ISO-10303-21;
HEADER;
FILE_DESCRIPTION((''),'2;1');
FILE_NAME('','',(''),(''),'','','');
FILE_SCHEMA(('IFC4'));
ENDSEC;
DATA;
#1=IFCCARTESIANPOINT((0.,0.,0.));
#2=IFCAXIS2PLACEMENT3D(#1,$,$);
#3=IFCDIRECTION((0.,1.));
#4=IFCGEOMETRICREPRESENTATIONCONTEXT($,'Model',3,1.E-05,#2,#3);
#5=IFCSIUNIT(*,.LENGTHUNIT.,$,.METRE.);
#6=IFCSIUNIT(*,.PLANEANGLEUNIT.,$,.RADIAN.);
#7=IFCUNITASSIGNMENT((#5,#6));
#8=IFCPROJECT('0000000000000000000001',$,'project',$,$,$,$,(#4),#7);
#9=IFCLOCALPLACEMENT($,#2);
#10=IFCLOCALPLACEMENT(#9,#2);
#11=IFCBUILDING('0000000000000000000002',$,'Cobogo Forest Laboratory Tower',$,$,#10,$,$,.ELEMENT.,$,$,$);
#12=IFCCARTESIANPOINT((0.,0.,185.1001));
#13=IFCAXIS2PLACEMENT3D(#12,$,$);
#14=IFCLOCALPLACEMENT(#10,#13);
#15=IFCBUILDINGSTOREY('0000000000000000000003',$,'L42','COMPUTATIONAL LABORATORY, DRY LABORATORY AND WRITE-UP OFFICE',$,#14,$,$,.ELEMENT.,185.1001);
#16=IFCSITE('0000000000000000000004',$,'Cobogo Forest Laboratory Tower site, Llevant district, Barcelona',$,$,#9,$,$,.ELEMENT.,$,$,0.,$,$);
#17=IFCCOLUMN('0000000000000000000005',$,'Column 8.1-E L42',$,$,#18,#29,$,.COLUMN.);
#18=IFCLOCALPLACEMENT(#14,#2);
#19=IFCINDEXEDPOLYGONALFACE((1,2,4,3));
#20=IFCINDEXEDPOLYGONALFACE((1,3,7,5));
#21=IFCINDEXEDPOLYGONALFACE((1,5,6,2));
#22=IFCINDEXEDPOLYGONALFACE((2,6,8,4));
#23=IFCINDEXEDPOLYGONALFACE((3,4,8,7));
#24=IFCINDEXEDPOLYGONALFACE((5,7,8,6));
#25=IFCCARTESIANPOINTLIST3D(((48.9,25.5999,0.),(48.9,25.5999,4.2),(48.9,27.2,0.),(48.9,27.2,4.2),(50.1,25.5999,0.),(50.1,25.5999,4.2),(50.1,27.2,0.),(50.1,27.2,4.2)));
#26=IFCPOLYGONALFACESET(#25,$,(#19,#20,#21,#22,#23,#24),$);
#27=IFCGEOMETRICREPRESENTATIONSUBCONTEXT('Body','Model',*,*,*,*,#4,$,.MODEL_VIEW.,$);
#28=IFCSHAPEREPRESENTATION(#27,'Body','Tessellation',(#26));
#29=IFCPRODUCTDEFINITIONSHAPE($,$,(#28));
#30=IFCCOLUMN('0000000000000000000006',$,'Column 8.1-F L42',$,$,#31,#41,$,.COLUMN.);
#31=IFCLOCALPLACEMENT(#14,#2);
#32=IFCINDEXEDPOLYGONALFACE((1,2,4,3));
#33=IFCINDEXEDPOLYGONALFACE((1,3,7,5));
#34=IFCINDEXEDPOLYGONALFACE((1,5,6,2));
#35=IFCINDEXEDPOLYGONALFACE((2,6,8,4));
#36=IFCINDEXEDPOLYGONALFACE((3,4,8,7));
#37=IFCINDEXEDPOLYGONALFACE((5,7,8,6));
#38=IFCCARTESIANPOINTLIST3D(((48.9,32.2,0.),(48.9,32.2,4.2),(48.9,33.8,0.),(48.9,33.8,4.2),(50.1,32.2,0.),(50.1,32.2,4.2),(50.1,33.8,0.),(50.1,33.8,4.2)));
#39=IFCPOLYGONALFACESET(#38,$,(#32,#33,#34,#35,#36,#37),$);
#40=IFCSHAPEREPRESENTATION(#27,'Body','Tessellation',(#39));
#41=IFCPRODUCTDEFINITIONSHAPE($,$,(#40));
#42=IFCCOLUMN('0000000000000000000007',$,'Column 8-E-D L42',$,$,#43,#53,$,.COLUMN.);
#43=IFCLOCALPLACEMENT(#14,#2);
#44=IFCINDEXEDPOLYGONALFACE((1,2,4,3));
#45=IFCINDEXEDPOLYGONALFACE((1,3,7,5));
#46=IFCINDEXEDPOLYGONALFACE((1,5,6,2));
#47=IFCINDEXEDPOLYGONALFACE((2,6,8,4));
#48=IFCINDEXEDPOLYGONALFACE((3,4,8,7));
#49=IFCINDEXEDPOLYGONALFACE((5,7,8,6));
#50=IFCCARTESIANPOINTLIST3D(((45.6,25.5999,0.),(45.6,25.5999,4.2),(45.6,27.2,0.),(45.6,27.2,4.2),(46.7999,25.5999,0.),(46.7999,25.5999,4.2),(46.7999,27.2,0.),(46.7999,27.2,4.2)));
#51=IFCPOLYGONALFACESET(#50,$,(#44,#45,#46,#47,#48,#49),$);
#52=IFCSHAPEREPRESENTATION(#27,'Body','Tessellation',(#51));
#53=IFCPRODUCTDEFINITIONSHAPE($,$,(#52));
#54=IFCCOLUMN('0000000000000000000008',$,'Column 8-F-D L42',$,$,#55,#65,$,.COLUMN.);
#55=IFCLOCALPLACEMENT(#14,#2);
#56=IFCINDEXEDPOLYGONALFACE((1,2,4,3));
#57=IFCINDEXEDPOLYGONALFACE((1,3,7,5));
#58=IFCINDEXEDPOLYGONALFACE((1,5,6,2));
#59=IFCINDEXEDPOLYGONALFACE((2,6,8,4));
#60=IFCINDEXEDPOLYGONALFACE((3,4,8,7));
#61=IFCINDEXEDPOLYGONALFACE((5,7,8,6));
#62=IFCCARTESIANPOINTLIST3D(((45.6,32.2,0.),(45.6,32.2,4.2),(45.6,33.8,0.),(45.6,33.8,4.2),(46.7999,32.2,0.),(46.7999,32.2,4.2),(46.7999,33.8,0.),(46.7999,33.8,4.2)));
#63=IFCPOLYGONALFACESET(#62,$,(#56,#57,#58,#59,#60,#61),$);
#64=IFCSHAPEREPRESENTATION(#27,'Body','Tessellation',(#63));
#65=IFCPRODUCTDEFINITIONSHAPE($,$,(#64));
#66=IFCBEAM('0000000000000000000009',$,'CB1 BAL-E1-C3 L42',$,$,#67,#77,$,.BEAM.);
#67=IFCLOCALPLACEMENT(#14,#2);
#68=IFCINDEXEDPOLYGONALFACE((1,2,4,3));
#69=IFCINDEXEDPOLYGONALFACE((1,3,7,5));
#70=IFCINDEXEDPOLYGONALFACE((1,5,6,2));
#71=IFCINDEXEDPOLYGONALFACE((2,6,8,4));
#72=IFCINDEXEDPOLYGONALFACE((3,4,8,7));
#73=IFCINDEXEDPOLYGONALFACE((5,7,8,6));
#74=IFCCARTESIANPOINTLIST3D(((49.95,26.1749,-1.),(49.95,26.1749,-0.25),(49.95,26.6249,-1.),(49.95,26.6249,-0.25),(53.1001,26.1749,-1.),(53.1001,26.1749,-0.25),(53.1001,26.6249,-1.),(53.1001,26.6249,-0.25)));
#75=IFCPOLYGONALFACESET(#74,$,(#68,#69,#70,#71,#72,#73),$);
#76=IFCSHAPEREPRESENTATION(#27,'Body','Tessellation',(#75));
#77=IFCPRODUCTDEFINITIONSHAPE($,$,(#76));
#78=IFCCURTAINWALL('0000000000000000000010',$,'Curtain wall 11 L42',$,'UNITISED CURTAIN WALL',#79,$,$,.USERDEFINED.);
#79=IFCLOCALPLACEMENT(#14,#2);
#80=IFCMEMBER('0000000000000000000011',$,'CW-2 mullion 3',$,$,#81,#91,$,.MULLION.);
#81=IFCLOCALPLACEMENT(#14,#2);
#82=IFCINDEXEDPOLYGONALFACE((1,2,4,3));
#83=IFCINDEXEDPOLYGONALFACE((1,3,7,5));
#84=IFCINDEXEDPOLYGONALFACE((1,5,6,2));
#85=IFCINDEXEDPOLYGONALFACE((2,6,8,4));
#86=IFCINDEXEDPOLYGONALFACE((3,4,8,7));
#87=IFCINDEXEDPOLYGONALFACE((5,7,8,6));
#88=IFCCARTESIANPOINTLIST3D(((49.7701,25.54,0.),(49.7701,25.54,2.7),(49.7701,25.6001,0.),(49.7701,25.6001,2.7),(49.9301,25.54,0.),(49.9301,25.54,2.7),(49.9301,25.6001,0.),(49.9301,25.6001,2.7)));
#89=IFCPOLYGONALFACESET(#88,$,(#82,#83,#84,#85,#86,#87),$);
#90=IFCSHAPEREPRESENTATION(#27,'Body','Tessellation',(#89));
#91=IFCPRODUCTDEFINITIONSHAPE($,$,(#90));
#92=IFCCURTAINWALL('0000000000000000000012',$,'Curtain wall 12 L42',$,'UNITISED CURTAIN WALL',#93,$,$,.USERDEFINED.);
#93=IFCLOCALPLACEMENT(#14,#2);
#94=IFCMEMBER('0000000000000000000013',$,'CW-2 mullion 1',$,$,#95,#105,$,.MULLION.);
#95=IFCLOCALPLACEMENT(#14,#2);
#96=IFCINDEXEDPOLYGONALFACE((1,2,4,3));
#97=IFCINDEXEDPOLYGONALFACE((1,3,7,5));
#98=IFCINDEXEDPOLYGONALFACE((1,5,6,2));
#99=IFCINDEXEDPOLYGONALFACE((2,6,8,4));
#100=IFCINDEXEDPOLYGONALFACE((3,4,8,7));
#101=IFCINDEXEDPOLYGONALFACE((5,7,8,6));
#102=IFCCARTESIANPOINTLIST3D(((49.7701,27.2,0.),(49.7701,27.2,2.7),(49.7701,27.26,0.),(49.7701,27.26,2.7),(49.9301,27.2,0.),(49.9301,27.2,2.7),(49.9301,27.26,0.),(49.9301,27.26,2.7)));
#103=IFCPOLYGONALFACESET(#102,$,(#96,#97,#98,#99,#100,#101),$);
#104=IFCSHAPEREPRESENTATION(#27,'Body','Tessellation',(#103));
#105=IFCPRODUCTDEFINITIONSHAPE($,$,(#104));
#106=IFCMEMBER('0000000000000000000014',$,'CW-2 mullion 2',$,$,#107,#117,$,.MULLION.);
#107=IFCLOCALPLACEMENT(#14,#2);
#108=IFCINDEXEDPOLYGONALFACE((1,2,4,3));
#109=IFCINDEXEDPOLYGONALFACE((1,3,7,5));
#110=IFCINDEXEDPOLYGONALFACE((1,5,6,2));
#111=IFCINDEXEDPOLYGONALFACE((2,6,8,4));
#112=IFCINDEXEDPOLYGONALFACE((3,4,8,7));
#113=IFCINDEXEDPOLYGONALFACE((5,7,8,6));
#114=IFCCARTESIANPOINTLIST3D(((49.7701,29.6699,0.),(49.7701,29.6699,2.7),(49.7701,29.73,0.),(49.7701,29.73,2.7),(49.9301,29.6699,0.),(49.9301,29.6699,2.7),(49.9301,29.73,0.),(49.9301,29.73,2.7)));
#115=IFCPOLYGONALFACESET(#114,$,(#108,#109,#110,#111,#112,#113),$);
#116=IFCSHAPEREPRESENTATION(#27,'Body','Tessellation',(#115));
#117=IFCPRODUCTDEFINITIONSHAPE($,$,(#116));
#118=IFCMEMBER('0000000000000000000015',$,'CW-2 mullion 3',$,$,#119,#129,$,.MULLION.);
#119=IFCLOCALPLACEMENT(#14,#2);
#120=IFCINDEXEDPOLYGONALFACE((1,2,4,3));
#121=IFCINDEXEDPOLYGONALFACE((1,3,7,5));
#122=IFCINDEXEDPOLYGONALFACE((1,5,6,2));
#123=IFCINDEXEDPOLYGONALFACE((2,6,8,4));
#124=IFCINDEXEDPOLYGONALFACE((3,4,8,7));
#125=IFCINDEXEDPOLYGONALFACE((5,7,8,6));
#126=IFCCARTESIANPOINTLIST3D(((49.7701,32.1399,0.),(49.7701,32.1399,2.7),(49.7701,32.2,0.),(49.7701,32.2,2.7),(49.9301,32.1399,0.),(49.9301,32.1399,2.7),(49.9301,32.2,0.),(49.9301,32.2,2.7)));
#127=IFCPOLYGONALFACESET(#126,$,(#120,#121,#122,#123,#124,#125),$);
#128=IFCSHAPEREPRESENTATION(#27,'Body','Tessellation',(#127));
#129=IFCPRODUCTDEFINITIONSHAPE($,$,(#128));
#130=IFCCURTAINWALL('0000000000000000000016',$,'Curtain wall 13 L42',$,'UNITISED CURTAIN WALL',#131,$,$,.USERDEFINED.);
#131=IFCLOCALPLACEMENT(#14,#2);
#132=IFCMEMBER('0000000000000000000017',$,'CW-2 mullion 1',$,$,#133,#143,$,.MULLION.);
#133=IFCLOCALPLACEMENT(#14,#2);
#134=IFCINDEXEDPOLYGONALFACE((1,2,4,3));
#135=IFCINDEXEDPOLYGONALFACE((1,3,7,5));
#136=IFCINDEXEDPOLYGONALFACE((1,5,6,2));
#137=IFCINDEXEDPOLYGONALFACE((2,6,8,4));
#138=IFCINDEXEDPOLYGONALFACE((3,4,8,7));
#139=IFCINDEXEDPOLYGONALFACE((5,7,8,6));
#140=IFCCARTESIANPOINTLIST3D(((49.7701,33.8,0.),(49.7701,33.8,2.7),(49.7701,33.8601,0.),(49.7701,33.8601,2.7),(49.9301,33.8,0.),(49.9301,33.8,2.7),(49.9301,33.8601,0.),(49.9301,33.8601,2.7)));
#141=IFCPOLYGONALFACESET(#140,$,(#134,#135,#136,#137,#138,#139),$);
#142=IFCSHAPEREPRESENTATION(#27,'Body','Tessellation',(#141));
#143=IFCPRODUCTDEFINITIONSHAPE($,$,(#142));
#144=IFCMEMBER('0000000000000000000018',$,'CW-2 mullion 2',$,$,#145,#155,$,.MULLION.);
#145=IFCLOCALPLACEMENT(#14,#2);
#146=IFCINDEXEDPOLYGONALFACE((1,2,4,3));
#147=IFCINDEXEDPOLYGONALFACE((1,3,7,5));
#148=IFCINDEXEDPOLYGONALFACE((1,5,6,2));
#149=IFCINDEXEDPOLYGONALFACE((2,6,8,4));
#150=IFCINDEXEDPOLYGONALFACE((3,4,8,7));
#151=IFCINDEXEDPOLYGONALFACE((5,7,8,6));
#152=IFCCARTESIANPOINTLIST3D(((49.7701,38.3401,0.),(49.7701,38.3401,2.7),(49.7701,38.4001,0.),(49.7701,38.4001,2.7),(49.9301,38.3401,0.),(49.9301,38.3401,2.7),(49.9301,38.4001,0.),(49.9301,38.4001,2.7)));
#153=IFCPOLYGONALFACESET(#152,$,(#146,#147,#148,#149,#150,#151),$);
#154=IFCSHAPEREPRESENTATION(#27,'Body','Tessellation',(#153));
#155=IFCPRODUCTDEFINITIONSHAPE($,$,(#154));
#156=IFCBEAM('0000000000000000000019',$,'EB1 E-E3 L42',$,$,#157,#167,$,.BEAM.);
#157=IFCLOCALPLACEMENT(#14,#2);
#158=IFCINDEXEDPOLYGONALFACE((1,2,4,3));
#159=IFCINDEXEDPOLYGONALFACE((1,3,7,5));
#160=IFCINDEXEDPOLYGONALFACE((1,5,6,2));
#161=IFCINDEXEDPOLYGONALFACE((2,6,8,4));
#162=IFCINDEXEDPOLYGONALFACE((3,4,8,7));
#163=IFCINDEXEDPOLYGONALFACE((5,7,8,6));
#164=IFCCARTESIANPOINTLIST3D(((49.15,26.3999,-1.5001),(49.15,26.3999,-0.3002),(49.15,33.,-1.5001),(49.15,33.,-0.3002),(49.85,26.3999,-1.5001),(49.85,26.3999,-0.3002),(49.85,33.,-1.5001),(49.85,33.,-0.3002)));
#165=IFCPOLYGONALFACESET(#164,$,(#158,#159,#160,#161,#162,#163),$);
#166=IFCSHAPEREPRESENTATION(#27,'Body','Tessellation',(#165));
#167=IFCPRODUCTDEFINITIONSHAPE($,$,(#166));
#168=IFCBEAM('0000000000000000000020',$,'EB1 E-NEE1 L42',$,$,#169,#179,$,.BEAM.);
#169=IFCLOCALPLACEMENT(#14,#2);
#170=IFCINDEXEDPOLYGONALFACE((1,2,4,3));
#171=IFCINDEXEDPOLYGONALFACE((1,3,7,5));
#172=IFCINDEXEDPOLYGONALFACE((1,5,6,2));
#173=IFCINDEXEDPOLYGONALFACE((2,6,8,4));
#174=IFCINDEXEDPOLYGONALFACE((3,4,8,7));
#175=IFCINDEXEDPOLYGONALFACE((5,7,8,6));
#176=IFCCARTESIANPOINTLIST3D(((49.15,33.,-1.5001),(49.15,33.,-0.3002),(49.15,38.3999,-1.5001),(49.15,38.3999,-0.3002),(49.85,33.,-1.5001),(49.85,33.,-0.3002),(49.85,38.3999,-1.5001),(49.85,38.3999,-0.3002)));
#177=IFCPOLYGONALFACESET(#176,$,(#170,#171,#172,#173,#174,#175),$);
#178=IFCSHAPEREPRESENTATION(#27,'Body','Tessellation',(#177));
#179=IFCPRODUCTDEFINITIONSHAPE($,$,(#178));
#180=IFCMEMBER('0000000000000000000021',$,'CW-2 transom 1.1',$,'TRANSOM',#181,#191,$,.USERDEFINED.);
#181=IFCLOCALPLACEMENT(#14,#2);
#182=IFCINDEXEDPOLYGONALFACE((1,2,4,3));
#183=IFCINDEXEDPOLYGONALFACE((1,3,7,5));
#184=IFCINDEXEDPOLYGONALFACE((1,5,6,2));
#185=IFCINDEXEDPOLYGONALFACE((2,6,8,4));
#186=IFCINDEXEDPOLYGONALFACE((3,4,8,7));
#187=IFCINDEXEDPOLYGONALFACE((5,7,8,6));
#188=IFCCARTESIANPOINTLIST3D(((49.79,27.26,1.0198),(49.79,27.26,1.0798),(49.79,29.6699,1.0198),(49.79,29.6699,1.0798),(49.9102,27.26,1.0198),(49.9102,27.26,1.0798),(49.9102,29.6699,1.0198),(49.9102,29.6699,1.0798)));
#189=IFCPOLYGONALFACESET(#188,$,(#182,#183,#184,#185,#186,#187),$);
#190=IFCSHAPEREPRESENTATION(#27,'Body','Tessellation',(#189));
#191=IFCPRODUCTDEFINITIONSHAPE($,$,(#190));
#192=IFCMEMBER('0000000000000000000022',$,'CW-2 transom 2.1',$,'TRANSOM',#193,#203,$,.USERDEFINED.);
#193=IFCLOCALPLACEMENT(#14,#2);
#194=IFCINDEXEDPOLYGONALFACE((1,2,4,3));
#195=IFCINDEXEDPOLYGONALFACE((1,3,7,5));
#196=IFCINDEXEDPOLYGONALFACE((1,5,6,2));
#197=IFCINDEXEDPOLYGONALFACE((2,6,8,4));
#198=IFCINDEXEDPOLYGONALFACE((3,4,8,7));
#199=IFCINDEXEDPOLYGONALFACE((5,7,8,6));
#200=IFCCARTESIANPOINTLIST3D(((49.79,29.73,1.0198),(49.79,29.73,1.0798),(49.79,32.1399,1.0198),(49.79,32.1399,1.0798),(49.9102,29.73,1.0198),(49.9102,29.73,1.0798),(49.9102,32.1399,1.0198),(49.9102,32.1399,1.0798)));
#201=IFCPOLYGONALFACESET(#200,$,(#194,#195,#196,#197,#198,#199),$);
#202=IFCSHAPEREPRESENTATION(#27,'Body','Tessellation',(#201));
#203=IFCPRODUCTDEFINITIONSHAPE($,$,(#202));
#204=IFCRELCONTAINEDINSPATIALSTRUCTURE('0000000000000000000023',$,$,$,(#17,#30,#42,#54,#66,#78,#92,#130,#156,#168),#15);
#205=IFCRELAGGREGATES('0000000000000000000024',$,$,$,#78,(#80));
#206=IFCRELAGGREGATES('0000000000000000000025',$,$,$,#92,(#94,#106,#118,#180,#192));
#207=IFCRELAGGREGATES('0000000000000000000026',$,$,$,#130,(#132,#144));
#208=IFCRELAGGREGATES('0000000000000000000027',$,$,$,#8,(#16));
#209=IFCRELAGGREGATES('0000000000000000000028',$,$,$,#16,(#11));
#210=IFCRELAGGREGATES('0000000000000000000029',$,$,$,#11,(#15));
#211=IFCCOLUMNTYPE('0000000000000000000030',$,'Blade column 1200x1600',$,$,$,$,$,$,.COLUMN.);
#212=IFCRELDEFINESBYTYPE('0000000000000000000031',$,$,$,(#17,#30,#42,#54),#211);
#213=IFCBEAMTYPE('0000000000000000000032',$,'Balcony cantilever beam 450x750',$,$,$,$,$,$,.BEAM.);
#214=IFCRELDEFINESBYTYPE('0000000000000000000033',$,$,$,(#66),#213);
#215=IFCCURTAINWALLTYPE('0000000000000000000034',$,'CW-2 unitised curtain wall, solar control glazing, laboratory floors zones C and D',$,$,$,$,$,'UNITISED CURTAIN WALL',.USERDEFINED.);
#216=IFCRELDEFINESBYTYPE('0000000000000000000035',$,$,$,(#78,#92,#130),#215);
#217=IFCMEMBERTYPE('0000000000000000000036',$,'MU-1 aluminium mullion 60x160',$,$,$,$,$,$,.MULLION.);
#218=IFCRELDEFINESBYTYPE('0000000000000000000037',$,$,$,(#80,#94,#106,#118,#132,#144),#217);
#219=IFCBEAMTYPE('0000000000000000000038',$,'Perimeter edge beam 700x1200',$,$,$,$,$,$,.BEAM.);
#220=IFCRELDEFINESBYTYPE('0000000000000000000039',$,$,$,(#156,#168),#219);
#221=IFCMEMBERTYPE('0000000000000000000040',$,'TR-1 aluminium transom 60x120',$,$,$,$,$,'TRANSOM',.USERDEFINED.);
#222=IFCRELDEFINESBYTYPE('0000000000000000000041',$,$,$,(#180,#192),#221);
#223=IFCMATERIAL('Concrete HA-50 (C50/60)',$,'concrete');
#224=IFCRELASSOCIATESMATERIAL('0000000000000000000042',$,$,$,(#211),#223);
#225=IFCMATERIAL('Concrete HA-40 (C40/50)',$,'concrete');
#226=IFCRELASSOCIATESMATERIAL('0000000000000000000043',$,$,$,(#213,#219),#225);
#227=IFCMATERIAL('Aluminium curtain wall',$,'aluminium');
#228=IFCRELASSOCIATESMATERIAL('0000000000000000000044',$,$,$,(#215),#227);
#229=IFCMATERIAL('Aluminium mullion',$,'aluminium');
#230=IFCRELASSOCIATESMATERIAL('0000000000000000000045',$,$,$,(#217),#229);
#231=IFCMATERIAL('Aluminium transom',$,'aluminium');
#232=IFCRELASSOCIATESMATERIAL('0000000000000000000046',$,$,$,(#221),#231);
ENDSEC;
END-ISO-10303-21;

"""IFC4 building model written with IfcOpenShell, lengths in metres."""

from ifc_helpers import new_model, si_unit, direction, frame, origin, origin_2d, place, context, subcontext, project, spatial, rectangle, extrude, material, material_profile, profile_set, type_object, element, aggregate, save


model = new_model("IFC4")

# Units and contexts
model_context = context("Model", 3, precision=1e-05, world=origin(), true_north=direction((0.0, 1.0)))
body_context = subcontext(model_context, "Body", "Model", "MODEL_VIEW")
ifc_project = project(units=[si_unit("LENGTHUNIT", "METRE"), si_unit("PLANEANGLEUNIT", "RADIAN")], contexts=[model_context])

# Site, building, storey
site_placement = place(None, origin())
site = spatial("IfcSite", under=ifc_project, at=site_placement, Name="Cobogo Forest Laboratory Tower site, Llevant district, Barcelona", CompositionType="ELEMENT", RefElevation=0.0)
building_placement = place(site_placement, origin())
building = spatial("IfcBuilding", under=site, at=building_placement, Name="Cobogo Forest Laboratory Tower", CompositionType="ELEMENT")
storey_placement = place(building_placement, frame((0.0, 0.0, 185.1001)))
storey = spatial("IfcBuildingStorey", under=building, at=storey_placement, Name="L42", Description="COMPUTATIONAL LABORATORY, DRY LABORATORY AND WRITE-UP OFFICE", CompositionType="ELEMENT", Elevation=185.1001)

# Columns
ifc_material_1 = material(Name="Concrete HA-50 (C50/60)", Category="concrete")
ifc_material_profile_1 = material_profile(ifc_material_1, rectangle(XDim=1.6001, YDim=1.2, at=origin_2d()), Name="RC 1200x1600")
ifc_profile_set_1 = profile_set([ifc_material_profile_1], Name="Concrete HA-50 (C50/60)")
column_type = type_object("IfcColumnType", Name="Blade column 1200x1600", PredefinedType="COLUMN", material=ifc_profile_set_1)
for number, where, z_axis, x_axis, name in (
    (1, (49.5, 26.3999, 0.0), (0.0, 0.0, 1.0), (0.0, 1.0, 0.0), "Column 8.1-E L42"),
    (2, (49.5, 33.0, 0.0), (0.0, 0.0, 1.0), (0.0, 1.0, 0.0), "Column 8.1-F L42"),
    (3, (46.2, 26.3999, 0.0), (0.0, 0.0, 1.0), (0.0, 1.0, 0.0), "Column 8-E-D L42"),
    (4, (46.2, 33.0, 0.0), (0.0, 0.0, 1.0), (0.0, 1.0, 0.0), "Column 8-F-D L42"),
):
    element("IfcColumn", number, at=place(storey_placement, frame(where, z_axis=z_axis, x_axis=x_axis)), inside=storey, type_object=column_type, Name=name, PredefinedType="COLUMN", context=body_context, shape_type="SweptSolid", body=[
        extrude(rectangle(XDim=1.6001, YDim=1.2, at=origin_2d()), origin(), (0.0, 0.0, 1.0), 4.2),
    ])

# Beam
ifc_material_2 = material(Name="Concrete HA-40 (C40/50)", Category="concrete")
ifc_material_profile_2 = material_profile(ifc_material_2, rectangle(XDim=0.45, YDim=0.75, at=origin_2d()), Name="RC 450x750")
ifc_profile_set_2 = profile_set([ifc_material_profile_2], Name="Concrete HA-40 (C40/50)")
beam_type_1 = type_object("IfcBeamType", Name="Balcony cantilever beam 450x750", PredefinedType="BEAM", material=ifc_profile_set_2)
beam_1_placement = place(storey_placement, frame((49.95, 26.3999, -0.625), z_axis=(1.0, 0.0, 0.0), x_axis=(0.0, 1.0, 0.0)))
element("IfcBeam", 5, at=beam_1_placement, inside=storey, type_object=beam_type_1, Name="CB1 BAL-E1-C3 L42", PredefinedType="BEAM", context=body_context, shape_type="SweptSolid", body=[
    extrude(rectangle(XDim=0.45, YDim=0.75, at=origin_2d()), origin(), (0.0, 0.0, 1.0), 3.1501),
])

# Curtain wall, member
ifc_material_3 = material(Name="Aluminium curtain wall", Category="aluminium")
curtain_wall_type = type_object("IfcCurtainWallType", Name="CW-2 unitised curtain wall, solar control glazing, laboratory floors zones C and D", ElementType="UNITISED CURTAIN WALL", PredefinedType="USERDEFINED", material=ifc_material_3)
curtain_wall_1_placement = place(storey_placement, origin())
curtain_wall_1 = element("IfcCurtainWall", 6, at=curtain_wall_1_placement, inside=storey, type_object=curtain_wall_type, Name="Curtain wall 11 L42", ObjectType="UNITISED CURTAIN WALL", PredefinedType="USERDEFINED")
ifc_material_4 = material(Name="Aluminium mullion", Category="aluminium")
ifc_material_profile_3 = material_profile(ifc_material_4, rectangle(XDim=0.0601, YDim=0.1599, at=origin_2d()), Name="AL 60x160")
ifc_profile_set_3 = profile_set([ifc_material_profile_3], Name="Aluminium mullion")
member_type_1 = type_object("IfcMemberType", Name="MU-1 aluminium mullion 60x160", PredefinedType="MULLION", material=ifc_profile_set_3)
member_1_placement = place(storey_placement, frame((49.8501, 25.5701, 0.0), z_axis=(0.0, 0.0, 1.0), x_axis=(0.0, 1.0, 0.0)))
member_1 = element("IfcMember", 7, at=member_1_placement, type_object=member_type_1, Name="CW-2 mullion 3", PredefinedType="MULLION", context=body_context, shape_type="SweptSolid", body=[
    extrude(rectangle(XDim=0.0601, YDim=0.1599, at=origin_2d()), origin(), (0.0, 0.0, 1.0), 2.7),
])

# Curtain walls, members
curtain_wall_2_placement = place(storey_placement, origin())
curtain_wall_2 = element("IfcCurtainWall", 8, at=curtain_wall_2_placement, inside=storey, type_object=curtain_wall_type, Name="Curtain wall 12 L42", ObjectType="UNITISED CURTAIN WALL", PredefinedType="USERDEFINED")
member_2_placement = place(storey_placement, frame((49.8501, 27.23, 0.0), z_axis=(0.0, 0.0, 1.0), x_axis=(0.0, 1.0, 0.0)))
member_2 = element("IfcMember", 9, at=member_2_placement, type_object=member_type_1, Name="CW-2 mullion 1", PredefinedType="MULLION", context=body_context, shape_type="SweptSolid", body=[
    extrude(rectangle(XDim=0.0601, YDim=0.1599, at=origin_2d()), origin(), (0.0, 0.0, 1.0), 2.7),
])
member_3_placement = place(storey_placement, frame((49.8501, 29.7, 0.0), z_axis=(0.0, 0.0, 1.0), x_axis=(0.0, 1.0, 0.0)))
member_3 = element("IfcMember", 10, at=member_3_placement, type_object=member_type_1, Name="CW-2 mullion 2", PredefinedType="MULLION", context=body_context, shape_type="SweptSolid", body=[
    extrude(rectangle(XDim=0.0601, YDim=0.1599, at=origin_2d()), origin(), (0.0, 0.0, 1.0), 2.7),
])
member_4_placement = place(storey_placement, frame((49.8501, 32.1699, 0.0), z_axis=(0.0, 0.0, 1.0), x_axis=(0.0, 1.0, 0.0)))
member_4 = element("IfcMember", 11, at=member_4_placement, type_object=member_type_1, Name="CW-2 mullion 3", PredefinedType="MULLION", context=body_context, shape_type="SweptSolid", body=[
    extrude(rectangle(XDim=0.0601, YDim=0.1599, at=origin_2d()), origin(), (0.0, 0.0, 1.0), 2.7),
])
curtain_wall_3_placement = place(storey_placement, origin())
curtain_wall_3 = element("IfcCurtainWall", 12, at=curtain_wall_3_placement, inside=storey, type_object=curtain_wall_type, Name="Curtain wall 13 L42", ObjectType="UNITISED CURTAIN WALL", PredefinedType="USERDEFINED")
member_5_placement = place(storey_placement, frame((49.8501, 33.8301, 0.0), z_axis=(0.0, 0.0, 1.0), x_axis=(0.0, 1.0, 0.0)))
member_5 = element("IfcMember", 13, at=member_5_placement, type_object=member_type_1, Name="CW-2 mullion 1", PredefinedType="MULLION", context=body_context, shape_type="SweptSolid", body=[
    extrude(rectangle(XDim=0.0601, YDim=0.1599, at=origin_2d()), origin(), (0.0, 0.0, 1.0), 2.7),
])
member_6_placement = place(storey_placement, frame((49.8501, 38.3701, 0.0), z_axis=(0.0, 0.0, 1.0), x_axis=(0.0, 1.0, 0.0)))
member_6 = element("IfcMember", 14, at=member_6_placement, type_object=member_type_1, Name="CW-2 mullion 2", PredefinedType="MULLION", context=body_context, shape_type="SweptSolid", body=[
    extrude(rectangle(XDim=0.0601, YDim=0.1599, at=origin_2d()), origin(), (0.0, 0.0, 1.0), 2.7),
])

# Beams
ifc_material_profile_4 = material_profile(ifc_material_2, rectangle(XDim=0.7, YDim=1.2, at=origin_2d()), Name="RC 700x1200")
ifc_profile_set_4 = profile_set([ifc_material_profile_4], Name="Concrete HA-40 (C40/50)")
beam_type_2 = type_object("IfcBeamType", Name="Perimeter edge beam 700x1200", PredefinedType="BEAM", material=ifc_profile_set_4)
beam_2_placement = place(storey_placement, frame((49.5, 26.3999, -0.9001), z_axis=(0.0, 1.0, 0.0), x_axis=(-1.0, 0.0, 0.0)))
element("IfcBeam", 15, at=beam_2_placement, inside=storey, type_object=beam_type_2, Name="EB1 E-E3 L42", PredefinedType="BEAM", context=body_context, shape_type="SweptSolid", body=[
    extrude(rectangle(XDim=0.7, YDim=1.2, at=origin_2d()), origin(), (0.0, 0.0, 1.0), 6.6001),
])
beam_3_placement = place(storey_placement, frame((49.5, 33.0, -0.9001), z_axis=(0.0, 1.0, 0.0), x_axis=(-1.0, 0.0, 0.0)))
element("IfcBeam", 16, at=beam_3_placement, inside=storey, type_object=beam_type_2, Name="EB1 E-NEE1 L42", PredefinedType="BEAM", context=body_context, shape_type="SweptSolid", body=[
    extrude(rectangle(XDim=0.7, YDim=1.2, at=origin_2d()), origin(), (0.0, 0.0, 1.0), 5.3999),
])

# Members
ifc_material_5 = material(Name="Aluminium transom", Category="aluminium")
ifc_material_profile_5 = material_profile(ifc_material_5, rectangle(XDim=0.1201, YDim=0.0601, at=origin_2d()), Name="AL 60x120")
ifc_profile_set_5 = profile_set([ifc_material_profile_5], Name="Aluminium transom")
member_type_2 = type_object("IfcMemberType", Name="TR-1 aluminium transom 60x120", ElementType="TRANSOM", PredefinedType="USERDEFINED", material=ifc_profile_set_5)
member_7_placement = place(storey_placement, frame((49.8501, 27.26, 1.0498), z_axis=(0.0, 1.0, 0.0), x_axis=(-1.0, 0.0, 0.0)))
member_7 = element("IfcMember", 17, at=member_7_placement, type_object=member_type_2, Name="CW-2 transom 1.1", ObjectType="TRANSOM", PredefinedType="USERDEFINED", context=body_context, shape_type="SweptSolid", body=[
    extrude(rectangle(XDim=0.1201, YDim=0.0601, at=origin_2d()), origin(), (0.0, 0.0, 1.0), 2.4099),
])
member_8_placement = place(storey_placement, frame((49.8501, 29.73, 1.0498), z_axis=(0.0, 1.0, 0.0), x_axis=(-1.0, 0.0, 0.0)))
member_8 = element("IfcMember", 18, at=member_8_placement, type_object=member_type_2, Name="CW-2 transom 2.1", ObjectType="TRANSOM", PredefinedType="USERDEFINED", context=body_context, shape_type="SweptSolid", body=[
    extrude(rectangle(XDim=0.1201, YDim=0.0601, at=origin_2d()), origin(), (0.0, 0.0, 1.0), 2.4099),
])

aggregate(curtain_wall_1, [member_1])
aggregate(curtain_wall_2, [member_2, member_3, member_4, member_7, member_8])
aggregate(curtain_wall_3, [member_5, member_6])

save(model, "model.ifc")
